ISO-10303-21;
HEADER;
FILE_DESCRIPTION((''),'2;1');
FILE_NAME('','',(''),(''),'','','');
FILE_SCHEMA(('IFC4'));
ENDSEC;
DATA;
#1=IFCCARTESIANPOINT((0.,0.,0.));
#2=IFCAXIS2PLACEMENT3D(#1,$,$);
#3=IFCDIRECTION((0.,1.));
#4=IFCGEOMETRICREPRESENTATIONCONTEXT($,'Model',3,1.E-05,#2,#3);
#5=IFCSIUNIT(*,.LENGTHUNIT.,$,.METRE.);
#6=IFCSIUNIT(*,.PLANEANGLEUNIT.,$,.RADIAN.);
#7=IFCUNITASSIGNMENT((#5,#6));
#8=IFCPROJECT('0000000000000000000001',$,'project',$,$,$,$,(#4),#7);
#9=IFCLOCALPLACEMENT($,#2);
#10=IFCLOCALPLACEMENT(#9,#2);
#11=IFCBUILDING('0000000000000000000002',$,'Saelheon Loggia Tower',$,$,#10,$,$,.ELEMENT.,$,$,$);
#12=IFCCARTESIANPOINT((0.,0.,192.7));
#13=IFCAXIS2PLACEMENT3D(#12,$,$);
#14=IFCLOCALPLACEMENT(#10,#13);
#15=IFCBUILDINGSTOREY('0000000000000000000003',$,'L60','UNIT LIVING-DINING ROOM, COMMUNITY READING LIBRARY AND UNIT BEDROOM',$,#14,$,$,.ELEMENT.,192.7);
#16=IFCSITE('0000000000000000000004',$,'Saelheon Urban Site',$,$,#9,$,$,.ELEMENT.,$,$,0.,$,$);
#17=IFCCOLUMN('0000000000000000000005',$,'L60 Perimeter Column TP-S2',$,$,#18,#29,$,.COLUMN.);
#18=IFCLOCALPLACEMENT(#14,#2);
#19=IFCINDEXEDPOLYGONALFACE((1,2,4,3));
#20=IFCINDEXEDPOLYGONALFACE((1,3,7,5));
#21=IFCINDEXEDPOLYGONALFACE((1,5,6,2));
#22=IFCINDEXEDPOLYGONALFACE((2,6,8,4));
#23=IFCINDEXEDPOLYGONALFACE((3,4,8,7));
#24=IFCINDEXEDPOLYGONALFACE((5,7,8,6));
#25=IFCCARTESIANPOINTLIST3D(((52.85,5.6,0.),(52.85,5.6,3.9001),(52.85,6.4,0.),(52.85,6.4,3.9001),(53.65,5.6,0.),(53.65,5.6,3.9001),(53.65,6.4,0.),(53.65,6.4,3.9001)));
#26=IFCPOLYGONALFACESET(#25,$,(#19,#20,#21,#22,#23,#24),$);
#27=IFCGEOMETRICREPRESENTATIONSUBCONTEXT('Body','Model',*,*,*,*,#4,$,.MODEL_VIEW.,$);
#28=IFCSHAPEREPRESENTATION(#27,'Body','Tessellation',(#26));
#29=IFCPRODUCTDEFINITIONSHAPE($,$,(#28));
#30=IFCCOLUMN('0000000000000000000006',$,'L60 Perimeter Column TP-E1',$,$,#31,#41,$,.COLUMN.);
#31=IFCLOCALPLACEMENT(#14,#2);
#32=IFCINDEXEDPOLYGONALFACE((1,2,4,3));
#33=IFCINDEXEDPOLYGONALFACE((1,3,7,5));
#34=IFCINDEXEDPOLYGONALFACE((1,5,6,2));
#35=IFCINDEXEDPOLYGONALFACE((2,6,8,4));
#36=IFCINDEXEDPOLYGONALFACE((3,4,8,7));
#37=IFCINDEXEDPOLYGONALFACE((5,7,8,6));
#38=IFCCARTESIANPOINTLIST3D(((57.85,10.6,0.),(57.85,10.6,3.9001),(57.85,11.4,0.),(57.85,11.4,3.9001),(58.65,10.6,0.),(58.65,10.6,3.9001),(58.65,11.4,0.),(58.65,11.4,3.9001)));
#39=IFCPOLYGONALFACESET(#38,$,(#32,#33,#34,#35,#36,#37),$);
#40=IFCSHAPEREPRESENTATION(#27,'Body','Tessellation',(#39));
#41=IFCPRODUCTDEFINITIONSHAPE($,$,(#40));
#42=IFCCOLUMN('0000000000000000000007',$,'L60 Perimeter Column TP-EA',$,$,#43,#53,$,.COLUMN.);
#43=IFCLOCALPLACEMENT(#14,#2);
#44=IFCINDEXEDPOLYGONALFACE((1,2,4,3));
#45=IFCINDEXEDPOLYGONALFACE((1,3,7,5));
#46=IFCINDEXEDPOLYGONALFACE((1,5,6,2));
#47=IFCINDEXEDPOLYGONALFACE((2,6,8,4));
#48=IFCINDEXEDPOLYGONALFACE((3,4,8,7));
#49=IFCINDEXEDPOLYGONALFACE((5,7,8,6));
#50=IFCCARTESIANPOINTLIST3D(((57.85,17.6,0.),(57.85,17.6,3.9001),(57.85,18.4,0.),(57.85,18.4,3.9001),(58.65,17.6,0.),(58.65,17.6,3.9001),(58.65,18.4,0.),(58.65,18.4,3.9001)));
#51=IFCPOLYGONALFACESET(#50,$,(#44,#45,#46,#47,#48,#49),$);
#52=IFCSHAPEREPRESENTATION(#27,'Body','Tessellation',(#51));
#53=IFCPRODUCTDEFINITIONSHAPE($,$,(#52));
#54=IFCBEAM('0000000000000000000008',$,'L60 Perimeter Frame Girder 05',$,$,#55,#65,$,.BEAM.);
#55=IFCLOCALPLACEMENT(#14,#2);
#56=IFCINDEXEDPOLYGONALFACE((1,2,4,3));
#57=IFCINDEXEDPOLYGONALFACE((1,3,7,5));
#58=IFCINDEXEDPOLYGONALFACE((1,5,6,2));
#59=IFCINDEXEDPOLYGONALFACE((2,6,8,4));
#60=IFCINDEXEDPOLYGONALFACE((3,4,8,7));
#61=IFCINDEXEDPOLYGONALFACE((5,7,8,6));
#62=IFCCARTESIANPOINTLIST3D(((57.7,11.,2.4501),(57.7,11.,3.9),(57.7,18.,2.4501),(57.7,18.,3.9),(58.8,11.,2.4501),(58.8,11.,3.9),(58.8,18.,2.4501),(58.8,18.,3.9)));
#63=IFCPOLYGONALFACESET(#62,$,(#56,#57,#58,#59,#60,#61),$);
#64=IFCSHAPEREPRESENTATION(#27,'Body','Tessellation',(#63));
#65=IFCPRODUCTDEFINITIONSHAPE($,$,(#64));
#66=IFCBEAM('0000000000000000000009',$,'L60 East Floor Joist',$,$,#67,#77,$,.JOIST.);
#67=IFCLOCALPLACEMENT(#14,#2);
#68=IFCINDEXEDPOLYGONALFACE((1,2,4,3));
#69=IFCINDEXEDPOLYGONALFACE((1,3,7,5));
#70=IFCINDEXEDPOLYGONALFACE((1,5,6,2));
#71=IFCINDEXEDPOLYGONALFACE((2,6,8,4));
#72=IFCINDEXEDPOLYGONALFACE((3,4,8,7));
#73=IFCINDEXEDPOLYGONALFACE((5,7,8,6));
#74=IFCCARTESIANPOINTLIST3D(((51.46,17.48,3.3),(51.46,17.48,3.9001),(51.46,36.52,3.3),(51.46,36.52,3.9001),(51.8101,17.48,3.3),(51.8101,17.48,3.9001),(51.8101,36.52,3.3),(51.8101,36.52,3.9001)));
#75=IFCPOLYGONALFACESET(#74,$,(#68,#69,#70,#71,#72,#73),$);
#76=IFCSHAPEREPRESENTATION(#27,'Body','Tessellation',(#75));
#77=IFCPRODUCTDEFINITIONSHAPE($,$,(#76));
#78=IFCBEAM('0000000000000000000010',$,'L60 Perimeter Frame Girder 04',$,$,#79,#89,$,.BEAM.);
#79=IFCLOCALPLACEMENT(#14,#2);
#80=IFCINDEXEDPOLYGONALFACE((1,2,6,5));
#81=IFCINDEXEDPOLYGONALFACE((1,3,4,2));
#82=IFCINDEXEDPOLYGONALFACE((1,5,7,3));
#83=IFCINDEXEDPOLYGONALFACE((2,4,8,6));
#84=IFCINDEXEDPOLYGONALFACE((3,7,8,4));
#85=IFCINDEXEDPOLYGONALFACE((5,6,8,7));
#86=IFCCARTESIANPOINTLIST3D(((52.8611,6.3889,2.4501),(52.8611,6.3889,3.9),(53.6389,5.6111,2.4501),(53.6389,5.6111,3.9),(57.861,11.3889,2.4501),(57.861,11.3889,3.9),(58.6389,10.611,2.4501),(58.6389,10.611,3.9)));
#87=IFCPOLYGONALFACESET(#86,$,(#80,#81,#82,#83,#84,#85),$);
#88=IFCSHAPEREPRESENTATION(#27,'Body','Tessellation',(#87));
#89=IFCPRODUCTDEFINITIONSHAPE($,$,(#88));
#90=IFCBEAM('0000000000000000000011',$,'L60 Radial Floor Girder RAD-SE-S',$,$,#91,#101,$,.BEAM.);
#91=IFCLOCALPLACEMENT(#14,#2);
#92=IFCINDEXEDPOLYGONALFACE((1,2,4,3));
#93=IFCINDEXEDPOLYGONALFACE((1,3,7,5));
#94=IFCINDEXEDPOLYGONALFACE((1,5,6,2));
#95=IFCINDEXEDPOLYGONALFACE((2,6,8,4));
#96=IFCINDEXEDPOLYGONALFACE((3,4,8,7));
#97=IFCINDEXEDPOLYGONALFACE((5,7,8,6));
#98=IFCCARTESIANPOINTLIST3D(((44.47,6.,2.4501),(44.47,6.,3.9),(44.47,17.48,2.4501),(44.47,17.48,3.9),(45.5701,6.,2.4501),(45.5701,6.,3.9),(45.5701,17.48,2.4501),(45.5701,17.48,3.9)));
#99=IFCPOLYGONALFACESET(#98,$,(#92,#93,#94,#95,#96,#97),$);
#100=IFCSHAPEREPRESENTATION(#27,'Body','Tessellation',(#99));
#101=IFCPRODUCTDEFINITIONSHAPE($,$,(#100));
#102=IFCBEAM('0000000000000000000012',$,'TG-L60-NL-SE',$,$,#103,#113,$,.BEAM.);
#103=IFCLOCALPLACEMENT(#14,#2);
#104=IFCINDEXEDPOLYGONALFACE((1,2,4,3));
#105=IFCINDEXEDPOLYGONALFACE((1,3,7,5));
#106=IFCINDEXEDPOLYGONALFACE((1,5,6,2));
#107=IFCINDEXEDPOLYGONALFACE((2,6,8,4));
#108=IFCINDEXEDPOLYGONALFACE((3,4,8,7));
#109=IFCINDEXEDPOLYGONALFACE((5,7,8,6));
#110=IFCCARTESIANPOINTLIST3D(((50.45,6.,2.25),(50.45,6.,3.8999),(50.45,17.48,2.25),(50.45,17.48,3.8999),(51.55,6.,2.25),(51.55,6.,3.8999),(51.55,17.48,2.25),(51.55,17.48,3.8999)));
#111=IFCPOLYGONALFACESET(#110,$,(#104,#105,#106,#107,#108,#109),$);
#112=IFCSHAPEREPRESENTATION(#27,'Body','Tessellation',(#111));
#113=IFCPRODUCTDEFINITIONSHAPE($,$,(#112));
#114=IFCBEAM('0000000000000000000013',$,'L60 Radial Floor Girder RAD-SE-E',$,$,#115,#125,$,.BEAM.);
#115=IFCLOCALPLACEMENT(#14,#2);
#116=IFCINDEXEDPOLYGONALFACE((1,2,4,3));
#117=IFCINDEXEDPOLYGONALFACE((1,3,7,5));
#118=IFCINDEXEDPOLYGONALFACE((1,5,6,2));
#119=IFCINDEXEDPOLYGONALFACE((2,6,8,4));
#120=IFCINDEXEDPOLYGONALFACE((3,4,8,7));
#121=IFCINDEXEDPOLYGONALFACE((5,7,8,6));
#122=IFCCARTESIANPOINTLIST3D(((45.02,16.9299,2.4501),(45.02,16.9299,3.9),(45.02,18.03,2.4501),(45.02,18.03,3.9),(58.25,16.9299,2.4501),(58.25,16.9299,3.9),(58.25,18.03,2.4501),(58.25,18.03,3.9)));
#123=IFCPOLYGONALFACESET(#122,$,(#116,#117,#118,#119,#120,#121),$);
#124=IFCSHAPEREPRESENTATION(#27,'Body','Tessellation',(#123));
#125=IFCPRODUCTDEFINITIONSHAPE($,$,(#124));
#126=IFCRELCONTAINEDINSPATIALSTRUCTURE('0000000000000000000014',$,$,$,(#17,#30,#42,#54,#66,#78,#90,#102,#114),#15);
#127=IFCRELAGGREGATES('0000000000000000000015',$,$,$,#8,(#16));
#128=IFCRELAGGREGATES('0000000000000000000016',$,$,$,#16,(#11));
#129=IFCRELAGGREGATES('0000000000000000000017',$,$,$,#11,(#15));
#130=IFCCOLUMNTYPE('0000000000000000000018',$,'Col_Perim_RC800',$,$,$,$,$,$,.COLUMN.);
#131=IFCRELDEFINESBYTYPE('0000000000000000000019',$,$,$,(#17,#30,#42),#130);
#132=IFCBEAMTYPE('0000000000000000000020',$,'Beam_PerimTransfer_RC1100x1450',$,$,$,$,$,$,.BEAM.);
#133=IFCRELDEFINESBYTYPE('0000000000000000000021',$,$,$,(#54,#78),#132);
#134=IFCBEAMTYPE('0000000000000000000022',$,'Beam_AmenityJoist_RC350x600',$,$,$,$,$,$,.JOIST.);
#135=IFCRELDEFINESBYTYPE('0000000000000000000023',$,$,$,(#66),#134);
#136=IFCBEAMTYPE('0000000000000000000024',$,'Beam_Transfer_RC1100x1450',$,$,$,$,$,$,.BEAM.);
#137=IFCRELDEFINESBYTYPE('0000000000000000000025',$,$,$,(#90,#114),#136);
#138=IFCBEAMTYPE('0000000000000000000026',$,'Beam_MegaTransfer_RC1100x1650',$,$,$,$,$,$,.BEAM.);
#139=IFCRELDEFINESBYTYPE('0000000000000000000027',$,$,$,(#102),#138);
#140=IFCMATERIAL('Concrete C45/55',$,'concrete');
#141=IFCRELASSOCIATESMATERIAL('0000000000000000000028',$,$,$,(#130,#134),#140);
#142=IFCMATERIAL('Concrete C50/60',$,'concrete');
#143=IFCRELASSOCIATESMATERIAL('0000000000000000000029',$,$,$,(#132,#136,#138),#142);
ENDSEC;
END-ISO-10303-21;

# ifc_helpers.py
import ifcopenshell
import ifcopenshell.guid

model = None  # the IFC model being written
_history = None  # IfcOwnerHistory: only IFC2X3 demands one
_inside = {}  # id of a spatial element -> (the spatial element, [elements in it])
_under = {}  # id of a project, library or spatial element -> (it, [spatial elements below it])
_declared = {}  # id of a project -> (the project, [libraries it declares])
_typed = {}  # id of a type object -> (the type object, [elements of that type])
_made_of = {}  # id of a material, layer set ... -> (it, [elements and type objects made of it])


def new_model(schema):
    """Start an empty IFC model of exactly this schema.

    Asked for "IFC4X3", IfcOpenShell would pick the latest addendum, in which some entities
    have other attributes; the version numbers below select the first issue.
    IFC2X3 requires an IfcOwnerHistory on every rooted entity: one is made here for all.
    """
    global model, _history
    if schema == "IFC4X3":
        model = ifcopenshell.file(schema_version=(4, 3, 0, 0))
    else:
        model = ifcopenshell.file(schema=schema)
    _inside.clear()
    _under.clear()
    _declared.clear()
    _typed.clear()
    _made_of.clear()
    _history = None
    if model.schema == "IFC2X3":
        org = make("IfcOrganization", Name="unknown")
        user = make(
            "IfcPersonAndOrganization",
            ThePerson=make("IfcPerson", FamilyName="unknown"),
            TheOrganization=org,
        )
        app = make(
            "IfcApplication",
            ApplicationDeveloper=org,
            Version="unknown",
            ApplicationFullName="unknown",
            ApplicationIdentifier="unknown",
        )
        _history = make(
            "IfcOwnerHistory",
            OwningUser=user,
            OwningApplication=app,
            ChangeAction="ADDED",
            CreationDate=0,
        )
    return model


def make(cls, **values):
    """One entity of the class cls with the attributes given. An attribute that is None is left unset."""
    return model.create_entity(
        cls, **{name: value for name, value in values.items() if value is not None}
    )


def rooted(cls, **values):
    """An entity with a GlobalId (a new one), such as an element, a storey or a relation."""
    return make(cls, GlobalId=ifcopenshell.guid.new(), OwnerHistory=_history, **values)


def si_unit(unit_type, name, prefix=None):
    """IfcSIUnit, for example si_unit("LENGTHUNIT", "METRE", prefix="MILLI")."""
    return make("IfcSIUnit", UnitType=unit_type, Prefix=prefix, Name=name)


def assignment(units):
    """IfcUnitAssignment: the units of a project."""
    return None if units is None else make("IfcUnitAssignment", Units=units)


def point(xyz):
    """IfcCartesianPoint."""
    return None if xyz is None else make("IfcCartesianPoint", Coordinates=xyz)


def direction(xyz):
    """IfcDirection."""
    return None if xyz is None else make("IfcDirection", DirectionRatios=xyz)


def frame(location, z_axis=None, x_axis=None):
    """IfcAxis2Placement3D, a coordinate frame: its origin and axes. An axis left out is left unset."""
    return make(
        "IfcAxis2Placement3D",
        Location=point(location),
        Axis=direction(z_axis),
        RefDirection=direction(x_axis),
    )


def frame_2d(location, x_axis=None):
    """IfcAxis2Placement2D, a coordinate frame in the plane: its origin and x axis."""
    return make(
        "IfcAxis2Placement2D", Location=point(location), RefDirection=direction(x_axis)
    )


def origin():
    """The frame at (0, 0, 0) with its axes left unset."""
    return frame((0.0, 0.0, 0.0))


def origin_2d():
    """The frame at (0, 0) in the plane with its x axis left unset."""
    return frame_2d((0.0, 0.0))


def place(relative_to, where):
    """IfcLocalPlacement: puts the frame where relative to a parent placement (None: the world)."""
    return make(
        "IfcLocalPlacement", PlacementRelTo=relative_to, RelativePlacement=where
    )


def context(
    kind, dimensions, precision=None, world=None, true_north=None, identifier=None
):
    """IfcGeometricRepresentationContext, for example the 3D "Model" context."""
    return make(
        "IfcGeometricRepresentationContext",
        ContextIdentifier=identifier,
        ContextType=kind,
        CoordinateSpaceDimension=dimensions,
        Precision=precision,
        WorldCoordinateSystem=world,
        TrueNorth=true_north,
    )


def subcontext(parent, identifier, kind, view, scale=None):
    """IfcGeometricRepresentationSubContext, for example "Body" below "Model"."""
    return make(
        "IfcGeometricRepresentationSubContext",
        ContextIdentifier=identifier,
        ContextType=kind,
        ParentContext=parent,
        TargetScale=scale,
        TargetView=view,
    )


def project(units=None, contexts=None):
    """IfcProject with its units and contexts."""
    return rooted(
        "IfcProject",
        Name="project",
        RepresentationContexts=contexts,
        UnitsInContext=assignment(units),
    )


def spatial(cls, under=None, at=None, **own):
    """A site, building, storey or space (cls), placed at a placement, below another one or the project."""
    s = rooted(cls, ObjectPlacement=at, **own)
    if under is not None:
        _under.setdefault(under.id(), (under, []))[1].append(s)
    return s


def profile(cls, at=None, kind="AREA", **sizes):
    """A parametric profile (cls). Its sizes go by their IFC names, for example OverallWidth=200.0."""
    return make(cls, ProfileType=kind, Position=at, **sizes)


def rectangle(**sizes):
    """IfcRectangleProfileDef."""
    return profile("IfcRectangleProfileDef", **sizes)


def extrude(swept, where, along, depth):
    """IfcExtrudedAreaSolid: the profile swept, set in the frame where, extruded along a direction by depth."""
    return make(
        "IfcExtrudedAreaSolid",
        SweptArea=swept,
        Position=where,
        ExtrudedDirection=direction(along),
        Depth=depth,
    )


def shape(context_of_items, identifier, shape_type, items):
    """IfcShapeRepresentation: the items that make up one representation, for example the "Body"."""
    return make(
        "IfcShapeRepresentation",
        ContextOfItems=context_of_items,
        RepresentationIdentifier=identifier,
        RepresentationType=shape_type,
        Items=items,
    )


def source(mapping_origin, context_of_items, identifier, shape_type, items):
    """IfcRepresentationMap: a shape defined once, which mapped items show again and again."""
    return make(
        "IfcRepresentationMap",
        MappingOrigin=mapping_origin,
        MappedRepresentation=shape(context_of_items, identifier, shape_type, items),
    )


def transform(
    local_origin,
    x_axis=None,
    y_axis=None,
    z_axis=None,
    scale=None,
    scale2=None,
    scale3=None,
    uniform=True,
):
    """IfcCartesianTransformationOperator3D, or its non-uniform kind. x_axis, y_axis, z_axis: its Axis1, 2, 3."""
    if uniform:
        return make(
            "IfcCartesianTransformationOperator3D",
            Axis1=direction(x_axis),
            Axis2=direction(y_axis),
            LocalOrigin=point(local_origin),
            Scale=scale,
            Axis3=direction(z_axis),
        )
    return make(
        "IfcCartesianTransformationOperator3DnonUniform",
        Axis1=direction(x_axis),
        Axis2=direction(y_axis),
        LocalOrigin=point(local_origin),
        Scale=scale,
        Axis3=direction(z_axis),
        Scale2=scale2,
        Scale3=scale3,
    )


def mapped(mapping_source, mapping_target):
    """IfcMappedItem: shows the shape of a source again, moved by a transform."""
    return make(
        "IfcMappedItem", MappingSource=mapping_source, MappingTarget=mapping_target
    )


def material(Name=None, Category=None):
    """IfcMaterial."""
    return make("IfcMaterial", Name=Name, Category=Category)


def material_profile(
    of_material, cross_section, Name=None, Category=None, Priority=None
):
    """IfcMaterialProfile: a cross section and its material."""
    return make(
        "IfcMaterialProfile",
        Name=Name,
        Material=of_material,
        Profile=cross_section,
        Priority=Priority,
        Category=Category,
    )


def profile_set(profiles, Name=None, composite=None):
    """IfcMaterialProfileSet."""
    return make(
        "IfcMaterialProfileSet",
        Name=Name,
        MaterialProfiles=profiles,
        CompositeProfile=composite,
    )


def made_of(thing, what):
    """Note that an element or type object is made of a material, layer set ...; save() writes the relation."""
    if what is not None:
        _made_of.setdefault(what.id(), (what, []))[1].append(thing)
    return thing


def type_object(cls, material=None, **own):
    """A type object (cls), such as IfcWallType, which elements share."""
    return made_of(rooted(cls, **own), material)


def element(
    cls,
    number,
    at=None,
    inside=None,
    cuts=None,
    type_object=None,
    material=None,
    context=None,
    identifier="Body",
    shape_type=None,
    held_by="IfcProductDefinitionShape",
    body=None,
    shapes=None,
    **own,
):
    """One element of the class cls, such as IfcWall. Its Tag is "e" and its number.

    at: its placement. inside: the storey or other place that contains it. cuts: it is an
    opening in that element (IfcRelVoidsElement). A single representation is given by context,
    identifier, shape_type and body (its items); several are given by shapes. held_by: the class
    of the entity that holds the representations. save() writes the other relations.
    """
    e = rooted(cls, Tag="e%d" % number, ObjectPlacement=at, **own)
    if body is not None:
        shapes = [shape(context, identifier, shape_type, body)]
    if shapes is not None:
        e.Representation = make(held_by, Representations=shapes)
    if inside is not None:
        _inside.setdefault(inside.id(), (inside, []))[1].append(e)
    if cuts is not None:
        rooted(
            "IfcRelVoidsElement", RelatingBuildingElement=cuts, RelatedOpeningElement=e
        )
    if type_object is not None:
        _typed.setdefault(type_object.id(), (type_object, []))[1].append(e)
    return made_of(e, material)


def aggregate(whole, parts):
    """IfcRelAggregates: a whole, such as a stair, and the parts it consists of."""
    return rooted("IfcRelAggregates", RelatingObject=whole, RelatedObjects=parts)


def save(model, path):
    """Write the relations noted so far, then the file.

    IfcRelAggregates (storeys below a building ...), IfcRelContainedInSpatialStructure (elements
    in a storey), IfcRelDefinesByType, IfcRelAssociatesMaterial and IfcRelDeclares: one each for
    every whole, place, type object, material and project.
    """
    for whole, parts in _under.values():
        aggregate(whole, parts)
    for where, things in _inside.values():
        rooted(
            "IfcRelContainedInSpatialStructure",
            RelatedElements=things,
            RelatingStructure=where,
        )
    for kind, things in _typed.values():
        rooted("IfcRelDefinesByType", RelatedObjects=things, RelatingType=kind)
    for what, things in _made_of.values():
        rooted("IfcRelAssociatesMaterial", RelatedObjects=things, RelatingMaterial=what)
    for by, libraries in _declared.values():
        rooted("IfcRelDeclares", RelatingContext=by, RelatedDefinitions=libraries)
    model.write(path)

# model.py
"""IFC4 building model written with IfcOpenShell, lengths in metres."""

from ifc_helpers import new_model, si_unit, direction, frame, origin, origin_2d, place, context, subcontext, project, spatial, rectangle, extrude, source, transform, mapped, material, material_profile, profile_set, type_object, element, save


model = new_model("IFC4")

# Units and contexts
model_context = context("Model", 3, precision=1e-05, world=origin(), true_north=direction((0.0, 1.0)))
body_context = subcontext(model_context, "Body", "Model", "MODEL_VIEW")
ifc_project = project(units=[si_unit("LENGTHUNIT", "METRE"), si_unit("PLANEANGLEUNIT", "RADIAN")], contexts=[model_context])

# Site, building, storey
site_placement = place(None, origin())
site = spatial("IfcSite", under=ifc_project, at=site_placement, Name="Saelheon Urban Site", CompositionType="ELEMENT", RefElevation=0.0)
building_placement = place(site_placement, origin())
building = spatial("IfcBuilding", under=site, at=building_placement, Name="Saelheon Loggia Tower", CompositionType="ELEMENT")
storey_placement = place(building_placement, frame((0.0, 0.0, 192.7)))
storey = spatial("IfcBuildingStorey", under=building, at=storey_placement, Name="L60", Description="UNIT LIVING-DINING ROOM, COMMUNITY READING LIBRARY AND UNIT BEDROOM", CompositionType="ELEMENT", Elevation=192.7)

# Columns
ifc_material_1 = material(Name="Concrete C45/55", Category="concrete")
ifc_material_profile_1 = material_profile(ifc_material_1, rectangle(XDim=0.8, YDim=0.8, at=origin_2d()), Name="RC-800x800")
ifc_profile_set_1 = profile_set([ifc_material_profile_1], Name="Concrete C45/55")
column_type = type_object("IfcColumnType", Name="Col_Perim_RC800", PredefinedType="COLUMN", material=ifc_profile_set_1)
shared_shape_1 = source(origin(), body_context, "Body", "SweptSolid", [
    extrude(rectangle(XDim=0.8, YDim=0.8, at=origin_2d()), origin(), (0.0, 0.0, 1.0), 3.9001),
])
for number, where, z_axis, x_axis, name in (
    (1, (53.25, 6.0, 0.0), (0.0, 0.0, 1.0), (1.0, 0.0, 0.0), "L60 Perimeter Column TP-S2"),
    (2, (58.25, 11.0, 0.0), (0.0, 0.0, 1.0), (1.0, 0.0, 0.0), "L60 Perimeter Column TP-E1"),
    (3, (58.25, 18.0, 0.0), (0.0, 0.0, 1.0), (1.0, 0.0, 0.0), "L60 Perimeter Column TP-EA"),
):
    element("IfcColumn", number, at=place(storey_placement, frame(where, z_axis=z_axis, x_axis=x_axis)), inside=storey, type_object=column_type, Name=name, PredefinedType="COLUMN", context=body_context, shape_type="MappedRepresentation", body=[
        mapped(shared_shape_1, transform((0.0, 0.0, 0.0), scale=1.0)),
    ])

# Beams
ifc_material_2 = material(Name="Concrete C50/60", Category="concrete")
ifc_material_profile_2 = material_profile(ifc_material_2, rectangle(XDim=1.1001, YDim=1.45, at=origin_2d()), Name="RC-1100x1450")
ifc_profile_set_2 = profile_set([ifc_material_profile_2], Name="Concrete C50/60")
beam_type_1 = type_object("IfcBeamType", Name="Beam_PerimTransfer_RC1100x1450", PredefinedType="BEAM", material=ifc_profile_set_2)
shared_shape_2 = source(origin(), body_context, "Body", "SweptSolid", [
    extrude(rectangle(XDim=1.1001, YDim=1.45, at=origin_2d()), origin(), (0.0, 0.0, 1.0), 7.0),
])
beam_1_placement = place(storey_placement, frame((58.25, 11.0, 3.175), z_axis=(0.0, 1.0, 0.0), x_axis=(-1.0, 0.0, 0.0)))
element("IfcBeam", 4, at=beam_1_placement, inside=storey, type_object=beam_type_1, Name="L60 Perimeter Frame Girder 05", PredefinedType="BEAM", context=body_context, shape_type="MappedRepresentation", body=[
    mapped(shared_shape_2, transform((0.0, 0.0, 0.0), scale=1.0)),
])
ifc_material_profile_3 = material_profile(ifc_material_1, rectangle(XDim=0.3501, YDim=0.6001, at=origin_2d()), Name="RC-350x600")
ifc_profile_set_3 = profile_set([ifc_material_profile_3], Name="Concrete C45/55")
beam_type_2 = type_object("IfcBeamType", Name="Beam_AmenityJoist_RC350x600", PredefinedType="JOIST", material=ifc_profile_set_3)
shared_shape_3 = source(origin(), body_context, "Body", "SweptSolid", [
    extrude(rectangle(XDim=0.3501, YDim=0.6001, at=origin_2d()), origin(), (0.0, 0.0, 1.0), 19.04),
])
beam_2_placement = place(storey_placement, frame((51.635, 17.48, 3.6001), z_axis=(0.0, 1.0, 0.0), x_axis=(-1.0, 0.0, 0.0)))
element("IfcBeam", 5, at=beam_2_placement, inside=storey, type_object=beam_type_2, Name="L60 East Floor Joist", PredefinedType="JOIST", context=body_context, shape_type="MappedRepresentation", body=[
    mapped(shared_shape_3, transform((0.0, 0.0, 0.0), scale=1.0)),
])
shared_shape_4 = source(origin(), body_context, "Body", "SweptSolid", [
    extrude(rectangle(XDim=1.1001, YDim=1.45, at=origin_2d()), origin(), (0.0, 0.0, 1.0), 7.071),
])
beam_3_placement = place(storey_placement, frame((53.25, 6.0, 3.175), z_axis=(0.707107, 0.707107, 0.0), x_axis=(-0.707107, 0.707107, 0.0)))
element("IfcBeam", 6, at=beam_3_placement, inside=storey, type_object=beam_type_1, Name="L60 Perimeter Frame Girder 04", PredefinedType="BEAM", context=body_context, shape_type="MappedRepresentation", body=[
    mapped(shared_shape_4, transform((0.0, 0.0, 0.0), scale=1.0)),
])
ifc_material_profile_4 = material_profile(ifc_material_2, rectangle(XDim=1.1001, YDim=1.45, at=origin_2d()), Name="RC-1100x1450")
ifc_profile_set_4 = profile_set([ifc_material_profile_4], Name="Concrete C50/60")
beam_type_3 = type_object("IfcBeamType", Name="Beam_Transfer_RC1100x1450", PredefinedType="BEAM", material=ifc_profile_set_4)
shared_shape_5 = source(origin(), body_context, "Body", "SweptSolid", [
    extrude(rectangle(XDim=1.1001, YDim=1.45, at=origin_2d()), origin(), (0.0, 0.0, 1.0), 11.48),
])
beam_4_placement = place(storey_placement, frame((45.02, 17.48, 3.175), z_axis=(0.0, -1.0, 0.0), x_axis=(1.0, 0.0, 0.0)))
element("IfcBeam", 7, at=beam_4_placement, inside=storey, type_object=beam_type_3, Name="L60 Radial Floor Girder RAD-SE-S", PredefinedType="BEAM", context=body_context, shape_type="MappedRepresentation", body=[
    mapped(shared_shape_5, transform((0.0, 0.0, 0.0), scale=1.0)),
])
ifc_material_profile_5 = material_profile(ifc_material_2, rectangle(XDim=1.1001, YDim=1.6499, at=origin_2d()), Name="RC-1100x1650")
ifc_profile_set_5 = profile_set([ifc_material_profile_5], Name="Concrete C50/60")
beam_type_4 = type_object("IfcBeamType", Name="Beam_MegaTransfer_RC1100x1650", PredefinedType="BEAM", material=ifc_profile_set_5)
shared_shape_6 = source(origin(), body_context, "Body", "SweptSolid", [
    extrude(rectangle(XDim=1.1001, YDim=1.6499, at=origin_2d()), origin(), (0.0, 0.0, 1.0), 11.48),
])
beam_5_placement = place(storey_placement, frame((51.0, 6.0, 3.075), z_axis=(0.0, 1.0, 0.0), x_axis=(-1.0, 0.0, 0.0)))
element("IfcBeam", 8, at=beam_5_placement, inside=storey, type_object=beam_type_4, Name="TG-L60-NL-SE", PredefinedType="BEAM", context=body_context, shape_type="MappedRepresentation", body=[
    mapped(shared_shape_6, transform((0.0, 0.0, 0.0), scale=1.0)),
])
shared_shape_7 = source(origin(), body_context, "Body", "SweptSolid", [
    extrude(rectangle(XDim=1.1001, YDim=1.45, at=origin_2d()), origin(), (0.0, 0.0, 1.0), 13.23),
])
beam_6_placement = place(storey_placement, frame((45.02, 17.48, 3.175), z_axis=(1.0, 0.0, 0.0), x_axis=(0.0, 1.0, 0.0)))
element("IfcBeam", 9, at=beam_6_placement, inside=storey, type_object=beam_type_3, Name="L60 Radial Floor Girder RAD-SE-E", PredefinedType="BEAM", context=body_context, shape_type="MappedRepresentation", body=[
    mapped(shared_shape_7, transform((0.0, 0.0, 0.0), scale=1.0)),
])

save(model, "model.ifc")
